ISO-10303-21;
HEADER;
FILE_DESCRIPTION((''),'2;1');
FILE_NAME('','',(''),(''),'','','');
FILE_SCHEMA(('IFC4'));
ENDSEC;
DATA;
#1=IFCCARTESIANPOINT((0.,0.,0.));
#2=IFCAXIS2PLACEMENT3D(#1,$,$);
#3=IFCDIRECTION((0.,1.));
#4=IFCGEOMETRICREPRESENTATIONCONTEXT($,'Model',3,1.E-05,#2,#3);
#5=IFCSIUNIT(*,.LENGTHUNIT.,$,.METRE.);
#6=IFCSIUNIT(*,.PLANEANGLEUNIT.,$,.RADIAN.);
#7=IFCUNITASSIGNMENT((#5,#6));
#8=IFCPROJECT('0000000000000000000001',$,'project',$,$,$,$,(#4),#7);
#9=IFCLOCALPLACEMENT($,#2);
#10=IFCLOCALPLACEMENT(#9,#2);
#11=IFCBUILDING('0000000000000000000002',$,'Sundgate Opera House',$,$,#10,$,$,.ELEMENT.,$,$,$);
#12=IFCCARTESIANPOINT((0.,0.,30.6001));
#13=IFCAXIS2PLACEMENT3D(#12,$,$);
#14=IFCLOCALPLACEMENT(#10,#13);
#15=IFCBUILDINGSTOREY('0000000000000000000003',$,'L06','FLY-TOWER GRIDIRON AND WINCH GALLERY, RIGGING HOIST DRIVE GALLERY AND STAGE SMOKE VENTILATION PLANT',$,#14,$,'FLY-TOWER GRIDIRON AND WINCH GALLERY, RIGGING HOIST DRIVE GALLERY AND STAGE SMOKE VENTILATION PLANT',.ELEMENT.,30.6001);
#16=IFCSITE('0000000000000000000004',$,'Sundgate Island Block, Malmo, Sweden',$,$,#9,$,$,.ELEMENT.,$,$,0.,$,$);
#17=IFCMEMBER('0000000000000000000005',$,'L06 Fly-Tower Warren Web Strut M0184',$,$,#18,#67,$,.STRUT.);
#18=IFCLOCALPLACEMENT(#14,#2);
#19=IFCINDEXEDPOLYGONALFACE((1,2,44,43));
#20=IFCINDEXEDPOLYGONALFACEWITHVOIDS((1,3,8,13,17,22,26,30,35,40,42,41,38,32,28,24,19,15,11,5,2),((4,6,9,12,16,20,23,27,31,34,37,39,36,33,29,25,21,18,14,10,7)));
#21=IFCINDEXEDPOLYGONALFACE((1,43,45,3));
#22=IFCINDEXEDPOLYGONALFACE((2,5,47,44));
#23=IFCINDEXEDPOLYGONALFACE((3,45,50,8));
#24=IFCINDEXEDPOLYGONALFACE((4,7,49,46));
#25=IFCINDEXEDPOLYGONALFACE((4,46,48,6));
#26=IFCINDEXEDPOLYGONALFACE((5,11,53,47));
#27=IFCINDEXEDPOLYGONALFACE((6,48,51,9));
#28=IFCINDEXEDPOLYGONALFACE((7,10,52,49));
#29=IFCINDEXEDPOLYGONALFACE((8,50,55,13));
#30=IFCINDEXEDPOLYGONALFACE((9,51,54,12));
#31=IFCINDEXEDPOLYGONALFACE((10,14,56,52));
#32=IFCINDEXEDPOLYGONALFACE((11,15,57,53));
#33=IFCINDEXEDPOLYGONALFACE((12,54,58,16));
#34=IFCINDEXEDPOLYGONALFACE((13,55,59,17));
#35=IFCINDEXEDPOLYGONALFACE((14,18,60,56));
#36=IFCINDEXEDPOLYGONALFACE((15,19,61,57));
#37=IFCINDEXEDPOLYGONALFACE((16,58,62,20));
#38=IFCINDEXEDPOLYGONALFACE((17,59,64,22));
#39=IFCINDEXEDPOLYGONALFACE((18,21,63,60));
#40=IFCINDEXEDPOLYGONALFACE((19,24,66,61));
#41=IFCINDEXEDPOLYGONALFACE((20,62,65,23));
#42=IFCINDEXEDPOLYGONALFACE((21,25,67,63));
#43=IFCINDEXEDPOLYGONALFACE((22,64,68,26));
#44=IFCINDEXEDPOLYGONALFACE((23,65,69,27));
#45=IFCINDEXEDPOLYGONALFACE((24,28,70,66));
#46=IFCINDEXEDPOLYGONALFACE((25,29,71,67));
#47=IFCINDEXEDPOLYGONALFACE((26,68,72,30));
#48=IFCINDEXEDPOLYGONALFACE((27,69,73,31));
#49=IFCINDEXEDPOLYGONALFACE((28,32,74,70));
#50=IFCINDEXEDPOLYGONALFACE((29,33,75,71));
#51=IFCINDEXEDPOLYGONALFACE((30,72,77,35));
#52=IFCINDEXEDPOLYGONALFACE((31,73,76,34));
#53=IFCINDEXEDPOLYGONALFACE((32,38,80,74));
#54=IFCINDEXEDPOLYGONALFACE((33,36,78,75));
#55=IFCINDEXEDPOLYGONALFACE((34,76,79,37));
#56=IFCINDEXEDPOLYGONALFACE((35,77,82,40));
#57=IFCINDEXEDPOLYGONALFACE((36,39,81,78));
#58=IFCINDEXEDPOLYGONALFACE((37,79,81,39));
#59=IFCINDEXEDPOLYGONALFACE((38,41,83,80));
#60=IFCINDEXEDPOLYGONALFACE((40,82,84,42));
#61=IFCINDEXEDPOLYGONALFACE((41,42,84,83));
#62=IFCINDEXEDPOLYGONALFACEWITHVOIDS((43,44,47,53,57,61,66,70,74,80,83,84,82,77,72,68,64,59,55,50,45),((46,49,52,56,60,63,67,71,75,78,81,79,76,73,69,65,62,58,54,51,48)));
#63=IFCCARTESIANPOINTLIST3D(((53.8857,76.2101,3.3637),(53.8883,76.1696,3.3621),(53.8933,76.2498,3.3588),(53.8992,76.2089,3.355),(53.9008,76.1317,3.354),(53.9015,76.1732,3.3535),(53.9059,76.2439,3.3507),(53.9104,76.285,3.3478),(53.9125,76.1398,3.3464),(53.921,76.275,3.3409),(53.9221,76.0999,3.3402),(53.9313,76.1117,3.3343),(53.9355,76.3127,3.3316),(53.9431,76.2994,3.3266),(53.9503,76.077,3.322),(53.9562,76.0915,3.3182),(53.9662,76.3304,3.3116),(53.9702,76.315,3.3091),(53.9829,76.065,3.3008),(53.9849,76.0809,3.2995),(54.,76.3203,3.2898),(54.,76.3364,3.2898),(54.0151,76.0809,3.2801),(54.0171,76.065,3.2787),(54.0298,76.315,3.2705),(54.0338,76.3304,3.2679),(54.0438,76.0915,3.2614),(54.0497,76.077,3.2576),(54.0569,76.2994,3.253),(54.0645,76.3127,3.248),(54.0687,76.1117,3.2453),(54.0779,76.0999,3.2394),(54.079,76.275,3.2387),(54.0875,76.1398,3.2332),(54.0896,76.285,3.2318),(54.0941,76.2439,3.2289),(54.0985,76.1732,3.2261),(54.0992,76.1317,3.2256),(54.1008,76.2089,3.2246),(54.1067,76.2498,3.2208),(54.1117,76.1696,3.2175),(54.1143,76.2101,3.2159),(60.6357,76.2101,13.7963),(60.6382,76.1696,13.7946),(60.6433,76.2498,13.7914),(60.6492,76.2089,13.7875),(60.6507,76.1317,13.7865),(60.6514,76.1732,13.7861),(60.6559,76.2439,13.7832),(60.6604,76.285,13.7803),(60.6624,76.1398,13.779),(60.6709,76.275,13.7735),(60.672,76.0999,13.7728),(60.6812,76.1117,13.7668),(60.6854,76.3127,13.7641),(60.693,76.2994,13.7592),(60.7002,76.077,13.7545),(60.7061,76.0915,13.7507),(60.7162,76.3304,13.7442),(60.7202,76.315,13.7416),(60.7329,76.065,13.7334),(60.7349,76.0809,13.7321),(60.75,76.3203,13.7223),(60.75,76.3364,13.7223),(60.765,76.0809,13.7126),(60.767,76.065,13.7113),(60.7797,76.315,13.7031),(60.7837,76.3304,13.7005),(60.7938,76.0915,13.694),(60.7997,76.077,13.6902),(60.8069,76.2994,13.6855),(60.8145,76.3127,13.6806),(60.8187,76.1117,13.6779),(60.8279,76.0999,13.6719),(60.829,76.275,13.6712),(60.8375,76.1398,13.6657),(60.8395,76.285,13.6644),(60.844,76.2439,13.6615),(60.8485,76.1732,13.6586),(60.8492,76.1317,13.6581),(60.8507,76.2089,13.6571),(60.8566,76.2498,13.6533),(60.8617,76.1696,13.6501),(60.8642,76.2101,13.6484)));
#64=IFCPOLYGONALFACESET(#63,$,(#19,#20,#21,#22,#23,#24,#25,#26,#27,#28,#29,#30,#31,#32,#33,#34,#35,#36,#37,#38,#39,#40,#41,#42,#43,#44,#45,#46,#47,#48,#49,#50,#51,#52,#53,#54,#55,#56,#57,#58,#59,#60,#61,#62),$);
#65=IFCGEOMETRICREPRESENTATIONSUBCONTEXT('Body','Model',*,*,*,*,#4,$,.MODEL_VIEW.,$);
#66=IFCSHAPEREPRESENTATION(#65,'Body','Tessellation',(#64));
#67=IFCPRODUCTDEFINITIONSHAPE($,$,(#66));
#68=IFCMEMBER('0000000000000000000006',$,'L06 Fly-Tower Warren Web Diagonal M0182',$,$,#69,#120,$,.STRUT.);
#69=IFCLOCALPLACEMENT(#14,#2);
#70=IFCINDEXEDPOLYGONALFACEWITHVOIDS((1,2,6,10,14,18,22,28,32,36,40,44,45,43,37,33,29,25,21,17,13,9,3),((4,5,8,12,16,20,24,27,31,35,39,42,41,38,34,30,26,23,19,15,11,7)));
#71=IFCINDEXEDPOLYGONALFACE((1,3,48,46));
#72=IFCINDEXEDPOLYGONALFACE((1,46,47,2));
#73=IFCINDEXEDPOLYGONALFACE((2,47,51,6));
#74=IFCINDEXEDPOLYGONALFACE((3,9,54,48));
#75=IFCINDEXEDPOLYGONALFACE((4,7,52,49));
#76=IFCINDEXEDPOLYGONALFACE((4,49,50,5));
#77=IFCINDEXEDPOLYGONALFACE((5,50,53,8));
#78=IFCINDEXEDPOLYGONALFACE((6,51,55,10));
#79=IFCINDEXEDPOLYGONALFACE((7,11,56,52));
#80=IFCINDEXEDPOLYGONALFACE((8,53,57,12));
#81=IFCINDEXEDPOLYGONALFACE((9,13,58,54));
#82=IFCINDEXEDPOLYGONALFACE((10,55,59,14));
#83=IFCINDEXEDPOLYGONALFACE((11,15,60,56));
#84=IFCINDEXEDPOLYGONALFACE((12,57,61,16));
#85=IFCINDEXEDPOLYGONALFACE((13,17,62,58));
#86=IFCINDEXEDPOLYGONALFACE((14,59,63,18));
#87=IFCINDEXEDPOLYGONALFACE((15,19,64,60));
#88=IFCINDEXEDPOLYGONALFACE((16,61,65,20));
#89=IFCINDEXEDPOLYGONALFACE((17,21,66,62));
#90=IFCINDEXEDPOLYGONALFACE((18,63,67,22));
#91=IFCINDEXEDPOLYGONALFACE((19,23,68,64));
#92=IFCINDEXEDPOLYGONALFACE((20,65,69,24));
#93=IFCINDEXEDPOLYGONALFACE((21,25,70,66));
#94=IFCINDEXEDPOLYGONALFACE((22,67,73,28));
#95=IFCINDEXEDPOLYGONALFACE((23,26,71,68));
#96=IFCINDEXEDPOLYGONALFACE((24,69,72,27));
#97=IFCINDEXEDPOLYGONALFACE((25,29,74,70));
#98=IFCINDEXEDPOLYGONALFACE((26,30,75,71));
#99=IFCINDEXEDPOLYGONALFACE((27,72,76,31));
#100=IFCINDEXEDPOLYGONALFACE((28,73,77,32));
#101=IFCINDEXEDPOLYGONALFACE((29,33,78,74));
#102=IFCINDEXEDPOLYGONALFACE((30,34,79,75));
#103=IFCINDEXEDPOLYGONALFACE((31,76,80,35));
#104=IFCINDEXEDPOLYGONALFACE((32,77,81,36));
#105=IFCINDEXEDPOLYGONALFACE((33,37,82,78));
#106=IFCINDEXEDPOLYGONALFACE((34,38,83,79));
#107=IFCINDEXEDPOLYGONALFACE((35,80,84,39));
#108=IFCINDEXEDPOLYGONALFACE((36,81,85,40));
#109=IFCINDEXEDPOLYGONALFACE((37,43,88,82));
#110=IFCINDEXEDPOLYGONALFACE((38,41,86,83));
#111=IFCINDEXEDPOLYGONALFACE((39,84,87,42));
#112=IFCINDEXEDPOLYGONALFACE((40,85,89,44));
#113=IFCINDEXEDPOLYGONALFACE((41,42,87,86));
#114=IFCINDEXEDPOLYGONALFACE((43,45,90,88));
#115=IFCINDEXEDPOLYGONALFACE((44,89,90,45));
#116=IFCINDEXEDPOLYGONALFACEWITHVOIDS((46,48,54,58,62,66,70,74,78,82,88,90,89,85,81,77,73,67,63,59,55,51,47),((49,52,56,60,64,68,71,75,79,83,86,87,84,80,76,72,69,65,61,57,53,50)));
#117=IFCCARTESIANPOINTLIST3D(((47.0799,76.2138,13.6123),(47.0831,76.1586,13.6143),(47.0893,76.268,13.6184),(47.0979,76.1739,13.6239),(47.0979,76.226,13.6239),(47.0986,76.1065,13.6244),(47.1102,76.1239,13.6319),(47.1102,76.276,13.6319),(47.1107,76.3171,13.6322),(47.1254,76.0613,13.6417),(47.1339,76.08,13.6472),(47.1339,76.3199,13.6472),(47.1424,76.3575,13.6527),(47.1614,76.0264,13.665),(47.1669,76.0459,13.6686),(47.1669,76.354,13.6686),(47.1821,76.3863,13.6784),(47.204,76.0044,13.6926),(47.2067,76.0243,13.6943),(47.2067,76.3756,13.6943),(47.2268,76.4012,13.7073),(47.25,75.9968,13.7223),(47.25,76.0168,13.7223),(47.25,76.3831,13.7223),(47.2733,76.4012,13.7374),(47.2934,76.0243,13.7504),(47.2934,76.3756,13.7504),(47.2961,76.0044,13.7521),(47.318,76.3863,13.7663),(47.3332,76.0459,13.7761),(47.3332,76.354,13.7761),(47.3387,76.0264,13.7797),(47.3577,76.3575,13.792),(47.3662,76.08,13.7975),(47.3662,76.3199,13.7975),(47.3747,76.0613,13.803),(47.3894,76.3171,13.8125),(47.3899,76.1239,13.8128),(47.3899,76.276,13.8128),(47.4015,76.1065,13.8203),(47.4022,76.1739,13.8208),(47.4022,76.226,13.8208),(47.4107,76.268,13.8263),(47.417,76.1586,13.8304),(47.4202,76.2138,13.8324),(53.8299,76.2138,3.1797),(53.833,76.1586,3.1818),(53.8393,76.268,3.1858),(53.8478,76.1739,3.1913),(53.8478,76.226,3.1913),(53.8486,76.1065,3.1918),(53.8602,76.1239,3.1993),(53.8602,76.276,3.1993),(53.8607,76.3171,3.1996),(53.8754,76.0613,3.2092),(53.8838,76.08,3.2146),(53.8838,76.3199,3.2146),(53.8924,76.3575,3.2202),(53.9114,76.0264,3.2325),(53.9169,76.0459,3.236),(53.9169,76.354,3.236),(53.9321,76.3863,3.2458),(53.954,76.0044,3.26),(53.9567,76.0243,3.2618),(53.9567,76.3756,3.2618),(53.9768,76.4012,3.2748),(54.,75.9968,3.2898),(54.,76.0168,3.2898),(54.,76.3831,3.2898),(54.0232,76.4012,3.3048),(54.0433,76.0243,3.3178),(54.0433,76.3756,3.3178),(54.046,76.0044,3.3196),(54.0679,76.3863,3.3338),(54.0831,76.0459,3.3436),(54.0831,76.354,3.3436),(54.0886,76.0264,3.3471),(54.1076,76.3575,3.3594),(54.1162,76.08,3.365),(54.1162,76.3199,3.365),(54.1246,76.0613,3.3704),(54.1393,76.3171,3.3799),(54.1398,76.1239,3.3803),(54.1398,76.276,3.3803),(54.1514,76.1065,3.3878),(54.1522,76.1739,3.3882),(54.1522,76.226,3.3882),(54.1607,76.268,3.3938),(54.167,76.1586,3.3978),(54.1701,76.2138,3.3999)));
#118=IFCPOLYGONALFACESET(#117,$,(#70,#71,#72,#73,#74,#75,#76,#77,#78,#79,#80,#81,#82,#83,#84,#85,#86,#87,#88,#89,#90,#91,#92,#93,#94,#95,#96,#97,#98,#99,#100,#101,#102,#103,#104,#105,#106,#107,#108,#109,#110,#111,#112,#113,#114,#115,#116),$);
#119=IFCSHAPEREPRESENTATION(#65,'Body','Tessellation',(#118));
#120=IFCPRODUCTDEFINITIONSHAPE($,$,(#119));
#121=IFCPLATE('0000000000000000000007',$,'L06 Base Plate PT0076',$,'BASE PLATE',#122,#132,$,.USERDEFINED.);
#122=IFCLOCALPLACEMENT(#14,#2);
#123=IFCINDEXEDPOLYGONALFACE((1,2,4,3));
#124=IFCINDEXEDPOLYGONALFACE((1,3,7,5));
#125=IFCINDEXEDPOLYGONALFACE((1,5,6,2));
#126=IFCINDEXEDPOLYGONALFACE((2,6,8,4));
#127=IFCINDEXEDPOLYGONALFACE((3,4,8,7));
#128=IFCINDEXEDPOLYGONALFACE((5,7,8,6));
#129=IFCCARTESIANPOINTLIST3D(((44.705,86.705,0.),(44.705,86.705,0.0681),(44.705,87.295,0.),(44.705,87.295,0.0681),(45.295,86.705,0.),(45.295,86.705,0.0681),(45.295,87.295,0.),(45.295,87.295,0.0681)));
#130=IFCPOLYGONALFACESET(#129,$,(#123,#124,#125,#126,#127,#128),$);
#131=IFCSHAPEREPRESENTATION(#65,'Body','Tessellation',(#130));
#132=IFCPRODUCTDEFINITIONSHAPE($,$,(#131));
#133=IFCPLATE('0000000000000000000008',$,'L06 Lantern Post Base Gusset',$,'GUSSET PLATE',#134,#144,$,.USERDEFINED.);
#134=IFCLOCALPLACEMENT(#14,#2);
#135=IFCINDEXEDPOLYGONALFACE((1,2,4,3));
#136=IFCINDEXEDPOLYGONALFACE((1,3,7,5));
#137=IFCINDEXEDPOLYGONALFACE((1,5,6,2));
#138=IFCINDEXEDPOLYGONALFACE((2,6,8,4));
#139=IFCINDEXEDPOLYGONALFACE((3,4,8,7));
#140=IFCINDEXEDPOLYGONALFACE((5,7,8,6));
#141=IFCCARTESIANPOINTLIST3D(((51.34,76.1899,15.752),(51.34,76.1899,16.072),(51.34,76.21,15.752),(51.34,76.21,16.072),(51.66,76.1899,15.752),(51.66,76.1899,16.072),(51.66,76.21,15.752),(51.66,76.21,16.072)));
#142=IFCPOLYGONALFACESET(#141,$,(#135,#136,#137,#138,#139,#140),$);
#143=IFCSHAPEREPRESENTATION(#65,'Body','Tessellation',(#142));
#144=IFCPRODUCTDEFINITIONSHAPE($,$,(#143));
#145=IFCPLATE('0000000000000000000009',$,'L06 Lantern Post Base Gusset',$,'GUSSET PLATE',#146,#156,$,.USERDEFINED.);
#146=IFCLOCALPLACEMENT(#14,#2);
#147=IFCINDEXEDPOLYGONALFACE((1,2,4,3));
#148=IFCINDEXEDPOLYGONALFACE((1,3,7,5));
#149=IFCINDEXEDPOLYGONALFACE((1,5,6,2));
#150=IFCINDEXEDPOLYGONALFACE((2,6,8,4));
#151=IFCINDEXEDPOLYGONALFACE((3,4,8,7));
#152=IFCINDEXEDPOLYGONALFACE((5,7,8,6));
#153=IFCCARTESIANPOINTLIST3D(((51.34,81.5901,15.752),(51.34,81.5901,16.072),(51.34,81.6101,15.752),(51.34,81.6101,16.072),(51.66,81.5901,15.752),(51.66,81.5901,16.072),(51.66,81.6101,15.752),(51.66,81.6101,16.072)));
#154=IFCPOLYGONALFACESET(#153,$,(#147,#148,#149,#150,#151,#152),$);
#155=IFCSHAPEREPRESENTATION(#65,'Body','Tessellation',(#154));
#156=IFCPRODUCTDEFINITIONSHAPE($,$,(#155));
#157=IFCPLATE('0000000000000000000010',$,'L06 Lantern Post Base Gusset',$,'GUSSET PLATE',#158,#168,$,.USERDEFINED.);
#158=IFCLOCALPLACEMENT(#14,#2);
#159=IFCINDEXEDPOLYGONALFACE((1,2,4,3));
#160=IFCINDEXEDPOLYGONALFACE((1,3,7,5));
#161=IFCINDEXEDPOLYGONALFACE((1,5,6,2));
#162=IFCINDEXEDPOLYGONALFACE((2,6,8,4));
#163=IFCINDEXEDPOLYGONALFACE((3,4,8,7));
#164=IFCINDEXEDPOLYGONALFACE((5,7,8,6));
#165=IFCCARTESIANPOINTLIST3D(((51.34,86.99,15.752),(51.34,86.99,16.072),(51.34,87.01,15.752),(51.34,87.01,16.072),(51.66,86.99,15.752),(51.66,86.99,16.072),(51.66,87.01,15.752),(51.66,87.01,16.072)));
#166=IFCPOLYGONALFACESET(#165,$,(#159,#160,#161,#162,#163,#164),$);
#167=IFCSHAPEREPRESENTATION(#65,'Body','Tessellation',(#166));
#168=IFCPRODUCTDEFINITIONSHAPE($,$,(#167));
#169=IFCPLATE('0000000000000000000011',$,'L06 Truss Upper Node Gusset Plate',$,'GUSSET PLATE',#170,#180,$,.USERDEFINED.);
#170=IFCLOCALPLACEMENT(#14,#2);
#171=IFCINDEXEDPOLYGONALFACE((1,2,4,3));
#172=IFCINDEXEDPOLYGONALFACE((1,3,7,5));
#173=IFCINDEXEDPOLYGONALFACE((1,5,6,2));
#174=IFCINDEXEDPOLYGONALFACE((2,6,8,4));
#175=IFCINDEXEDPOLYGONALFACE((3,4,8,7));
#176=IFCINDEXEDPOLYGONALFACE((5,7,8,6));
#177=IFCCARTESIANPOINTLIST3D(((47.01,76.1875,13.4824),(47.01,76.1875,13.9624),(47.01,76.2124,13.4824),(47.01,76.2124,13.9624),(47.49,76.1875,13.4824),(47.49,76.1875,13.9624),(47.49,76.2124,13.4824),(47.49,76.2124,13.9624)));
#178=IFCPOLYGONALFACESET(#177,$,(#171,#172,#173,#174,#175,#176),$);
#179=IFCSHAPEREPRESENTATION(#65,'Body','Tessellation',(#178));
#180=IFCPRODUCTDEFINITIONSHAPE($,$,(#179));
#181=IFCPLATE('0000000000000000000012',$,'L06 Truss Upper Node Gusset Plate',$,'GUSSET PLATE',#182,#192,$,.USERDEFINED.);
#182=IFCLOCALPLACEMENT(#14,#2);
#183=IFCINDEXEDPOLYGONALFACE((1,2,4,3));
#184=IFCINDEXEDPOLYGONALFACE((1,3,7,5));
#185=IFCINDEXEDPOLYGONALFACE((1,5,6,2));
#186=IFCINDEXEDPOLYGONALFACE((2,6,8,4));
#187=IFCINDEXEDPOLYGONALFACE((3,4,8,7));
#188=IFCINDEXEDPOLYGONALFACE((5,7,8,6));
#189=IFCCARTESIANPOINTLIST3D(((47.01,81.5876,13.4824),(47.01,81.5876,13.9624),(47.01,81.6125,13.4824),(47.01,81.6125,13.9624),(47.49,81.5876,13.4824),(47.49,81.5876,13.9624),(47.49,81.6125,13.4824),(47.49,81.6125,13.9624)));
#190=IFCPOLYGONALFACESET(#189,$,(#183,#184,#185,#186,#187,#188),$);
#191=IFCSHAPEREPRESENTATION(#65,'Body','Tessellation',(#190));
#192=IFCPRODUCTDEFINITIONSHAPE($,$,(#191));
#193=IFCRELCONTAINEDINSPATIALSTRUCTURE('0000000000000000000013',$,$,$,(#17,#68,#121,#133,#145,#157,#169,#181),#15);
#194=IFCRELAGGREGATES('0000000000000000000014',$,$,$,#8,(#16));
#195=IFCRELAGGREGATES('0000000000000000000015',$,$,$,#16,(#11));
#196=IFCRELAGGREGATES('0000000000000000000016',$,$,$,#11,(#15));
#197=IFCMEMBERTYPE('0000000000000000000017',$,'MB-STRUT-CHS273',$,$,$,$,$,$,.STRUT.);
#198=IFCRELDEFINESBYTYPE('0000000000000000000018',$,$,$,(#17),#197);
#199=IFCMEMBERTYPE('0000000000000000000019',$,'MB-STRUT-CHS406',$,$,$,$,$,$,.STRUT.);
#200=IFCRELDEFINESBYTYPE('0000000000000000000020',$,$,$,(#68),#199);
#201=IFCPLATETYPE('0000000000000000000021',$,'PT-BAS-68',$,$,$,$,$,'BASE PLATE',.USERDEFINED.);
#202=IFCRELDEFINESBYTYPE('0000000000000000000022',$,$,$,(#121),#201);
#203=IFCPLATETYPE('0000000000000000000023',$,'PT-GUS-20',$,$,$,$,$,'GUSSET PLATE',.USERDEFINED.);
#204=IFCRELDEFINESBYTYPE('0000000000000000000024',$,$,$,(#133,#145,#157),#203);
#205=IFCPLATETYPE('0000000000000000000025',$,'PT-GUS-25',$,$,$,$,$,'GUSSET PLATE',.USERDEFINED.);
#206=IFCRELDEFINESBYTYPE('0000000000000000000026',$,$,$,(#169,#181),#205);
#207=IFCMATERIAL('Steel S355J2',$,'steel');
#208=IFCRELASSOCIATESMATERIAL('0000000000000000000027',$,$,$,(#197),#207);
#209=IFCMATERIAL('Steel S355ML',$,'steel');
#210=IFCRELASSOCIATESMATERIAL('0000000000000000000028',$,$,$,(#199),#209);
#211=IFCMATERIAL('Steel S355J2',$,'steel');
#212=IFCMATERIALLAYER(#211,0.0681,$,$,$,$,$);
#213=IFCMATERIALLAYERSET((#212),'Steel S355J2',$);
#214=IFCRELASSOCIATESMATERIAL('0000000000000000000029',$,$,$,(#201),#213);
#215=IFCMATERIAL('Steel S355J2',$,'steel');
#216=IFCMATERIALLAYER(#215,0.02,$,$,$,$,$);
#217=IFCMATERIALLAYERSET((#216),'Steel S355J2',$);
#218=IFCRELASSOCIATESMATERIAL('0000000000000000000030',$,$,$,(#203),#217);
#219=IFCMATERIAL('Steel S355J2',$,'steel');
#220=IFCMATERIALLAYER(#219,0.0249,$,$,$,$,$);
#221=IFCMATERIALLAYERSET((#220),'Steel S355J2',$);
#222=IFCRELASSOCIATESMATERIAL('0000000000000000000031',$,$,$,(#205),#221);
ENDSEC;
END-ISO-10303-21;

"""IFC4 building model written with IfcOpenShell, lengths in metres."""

from ifc_helpers import new_model, si_unit, direction, frame, origin, origin_2d, place, context, subcontext, project, spatial, rectangle, hollow_circle, extrude, material, layer, layer_set, material_profile, profile_set, type_object, element, save


model = new_model("IFC4")

# Units and contexts
model_context = context("Model", 3, precision=1e-05, world=origin(), true_north=direction((0.0, 1.0)))
body_context = subcontext(model_context, "Body", "Model", "MODEL_VIEW")
ifc_project = project(units=[si_unit("LENGTHUNIT", "METRE"), si_unit("PLANEANGLEUNIT", "RADIAN")], contexts=[model_context])

# Site, building, storey
site_placement = place(None, origin())
site = spatial("IfcSite", under=ifc_project, at=site_placement, Name="Sundgate Island Block, Malmo, Sweden", CompositionType="ELEMENT", RefElevation=0.0)
building_placement = place(site_placement, origin())
building = spatial("IfcBuilding", under=site, at=building_placement, Name="Sundgate Opera House", CompositionType="ELEMENT")
storey_placement = place(building_placement, frame((0.0, 0.0, 30.6001)))
storey = spatial("IfcBuildingStorey", under=building, at=storey_placement, Name="L06", Description="FLY-TOWER GRIDIRON AND WINCH GALLERY, RIGGING HOIST DRIVE GALLERY AND STAGE SMOKE VENTILATION PLANT", LongName="FLY-TOWER GRIDIRON AND WINCH GALLERY, RIGGING HOIST DRIVE GALLERY AND STAGE SMOKE VENTILATION PLANT", CompositionType="ELEMENT", Elevation=30.6001)

# Members
ifc_material_1 = material(Name="Steel S355J2", Category="steel")
ifc_material_profile_1 = material_profile(ifc_material_1, hollow_circle(Radius=0.1365, WallThickness=0.0161, at=origin_2d()), Name="CHS 273.0x16.0")
ifc_profile_set_1 = profile_set([ifc_material_profile_1], Name="Steel S355J2")
member_type_1 = type_object("IfcMemberType", Name="MB-STRUT-CHS273", PredefinedType="STRUT", material=ifc_profile_set_1)
member_1_placement = place(storey_placement, frame((54.0, 76.2, 3.2898), z_axis=(0.543222, 0.0, 0.839589), x_axis=(0.0, 1.0, 0.0)))
element("IfcMember", 1, at=member_1_placement, inside=storey, type_object=member_type_1, Name="L06 Fly-Tower Warren Web Strut M0184", PredefinedType="STRUT", context=body_context, shape_type="SweptSolid", body=[
    extrude(hollow_circle(Radius=0.1365, WallThickness=0.0161, at=origin_2d()), origin(), (0.0, 0.0, 1.0), 12.4258),
])
ifc_material_2 = material(Name="Steel S355ML", Category="steel")
ifc_material_profile_2 = material_profile(ifc_material_2, hollow_circle(Radius=0.2031, WallThickness=0.02, at=origin_2d()), Name="CHS 406.4x20.0")
ifc_profile_set_2 = profile_set([ifc_material_profile_2], Name="Steel S355ML")
member_type_2 = type_object("IfcMemberType", Name="MB-STRUT-CHS406", PredefinedType="STRUT", material=ifc_profile_set_2)
member_2_placement = place(storey_placement, frame((54.0, 76.2, 3.2898), z_axis=(-0.543222, 0.0, 0.839589), x_axis=(0.0, -1.0, 0.0)))
element("IfcMember", 2, at=member_2_placement, inside=storey, type_object=member_type_2, Name="L06 Fly-Tower Warren Web Diagonal M0182", PredefinedType="STRUT", context=body_context, shape_type="SweptSolid", body=[
    extrude(hollow_circle(Radius=0.2031, WallThickness=0.02, at=origin_2d()), origin(), (0.0, 0.0, 1.0), 12.4258),
])

# Plates
ifc_material_3 = material(Name="Steel S355J2", Category="steel")
ifc_layer_1 = layer(ifc_material_3, 0.0681)
ifc_layer_set_1 = layer_set([ifc_layer_1], Name="Steel S355J2")
plate_type_1 = type_object("IfcPlateType", Name="PT-BAS-68", ElementType="BASE PLATE", PredefinedType="USERDEFINED", material=ifc_layer_set_1)
plate_placement = place(storey_placement, frame((45.0, 87.0, 0.0), z_axis=(0.0, 0.0, 1.0), x_axis=(1.0, 0.0, 0.0)))
element("IfcPlate", 3, at=plate_placement, inside=storey, type_object=plate_type_1, Name="L06 Base Plate PT0076", ObjectType="BASE PLATE", PredefinedType="USERDEFINED", context=body_context, shape_type="SweptSolid", body=[
    extrude(rectangle(XDim=0.5901, YDim=0.5901, at=origin_2d()), origin(), (0.0, 0.0, 1.0), 0.0681),
])
ifc_material_4 = material(Name="Steel S355J2", Category="steel")
ifc_layer_2 = layer(ifc_material_4, 0.02)
ifc_layer_set_2 = layer_set([ifc_layer_2], Name="Steel S355J2")
plate_type_2 = type_object("IfcPlateType", Name="PT-GUS-20", ElementType="GUSSET PLATE", PredefinedType="USERDEFINED", material=ifc_layer_set_2)
for number, where, z_axis, x_axis, name in (
    (4, (51.5, 76.2, 15.752), (0.0, 0.0, 1.0), (1.0, 0.0, 0.0), "L06 Lantern Post Base Gusset"),
    (5, (51.5, 81.6001, 15.752), (0.0, 0.0, 1.0), (1.0, 0.0, 0.0), "L06 Lantern Post Base Gusset"),
    (6, (51.5, 87.0, 15.752), (0.0, 0.0, 1.0), (1.0, 0.0, 0.0), "L06 Lantern Post Base Gusset"),
):
    element("IfcPlate", number, at=place(storey_placement, frame(where, z_axis=z_axis, x_axis=x_axis)), inside=storey, type_object=plate_type_2, Name=name, ObjectType="GUSSET PLATE", PredefinedType="USERDEFINED", context=body_context, shape_type="SweptSolid", body=[
        extrude(rectangle(XDim=0.3201, YDim=0.02, at=origin_2d()), origin(), (0.0, 0.0, 1.0), 0.3201),
    ])
ifc_material_5 = material(Name="Steel S355J2", Category="steel")
ifc_layer_3 = layer(ifc_material_5, 0.0249)
ifc_layer_set_3 = layer_set([ifc_layer_3], Name="Steel S355J2")
plate_type_3 = type_object("IfcPlateType", Name="PT-GUS-25", ElementType="GUSSET PLATE", PredefinedType="USERDEFINED", material=ifc_layer_set_3)
for number, where, z_axis, x_axis, name in (
    (7, (47.25, 76.2, 13.4824), (0.0, 0.0, 1.0), (1.0, 0.0, 0.0), "L06 Truss Upper Node Gusset Plate"),
    (8, (47.25, 81.6001, 13.4824), (0.0, 0.0, 1.0), (1.0, 0.0, 0.0), "L06 Truss Upper Node Gusset Plate"),
):
    element("IfcPlate", number, at=place(storey_placement, frame(where, z_axis=z_axis, x_axis=x_axis)), inside=storey, type_object=plate_type_3, Name=name, ObjectType="GUSSET PLATE", PredefinedType="USERDEFINED", context=body_context, shape_type="SweptSolid", body=[
        extrude(rectangle(XDim=0.48, YDim=0.0249, at=origin_2d()), origin(), (0.0, 0.0, 1.0), 0.48),
    ])

save(model, "model.ifc")
